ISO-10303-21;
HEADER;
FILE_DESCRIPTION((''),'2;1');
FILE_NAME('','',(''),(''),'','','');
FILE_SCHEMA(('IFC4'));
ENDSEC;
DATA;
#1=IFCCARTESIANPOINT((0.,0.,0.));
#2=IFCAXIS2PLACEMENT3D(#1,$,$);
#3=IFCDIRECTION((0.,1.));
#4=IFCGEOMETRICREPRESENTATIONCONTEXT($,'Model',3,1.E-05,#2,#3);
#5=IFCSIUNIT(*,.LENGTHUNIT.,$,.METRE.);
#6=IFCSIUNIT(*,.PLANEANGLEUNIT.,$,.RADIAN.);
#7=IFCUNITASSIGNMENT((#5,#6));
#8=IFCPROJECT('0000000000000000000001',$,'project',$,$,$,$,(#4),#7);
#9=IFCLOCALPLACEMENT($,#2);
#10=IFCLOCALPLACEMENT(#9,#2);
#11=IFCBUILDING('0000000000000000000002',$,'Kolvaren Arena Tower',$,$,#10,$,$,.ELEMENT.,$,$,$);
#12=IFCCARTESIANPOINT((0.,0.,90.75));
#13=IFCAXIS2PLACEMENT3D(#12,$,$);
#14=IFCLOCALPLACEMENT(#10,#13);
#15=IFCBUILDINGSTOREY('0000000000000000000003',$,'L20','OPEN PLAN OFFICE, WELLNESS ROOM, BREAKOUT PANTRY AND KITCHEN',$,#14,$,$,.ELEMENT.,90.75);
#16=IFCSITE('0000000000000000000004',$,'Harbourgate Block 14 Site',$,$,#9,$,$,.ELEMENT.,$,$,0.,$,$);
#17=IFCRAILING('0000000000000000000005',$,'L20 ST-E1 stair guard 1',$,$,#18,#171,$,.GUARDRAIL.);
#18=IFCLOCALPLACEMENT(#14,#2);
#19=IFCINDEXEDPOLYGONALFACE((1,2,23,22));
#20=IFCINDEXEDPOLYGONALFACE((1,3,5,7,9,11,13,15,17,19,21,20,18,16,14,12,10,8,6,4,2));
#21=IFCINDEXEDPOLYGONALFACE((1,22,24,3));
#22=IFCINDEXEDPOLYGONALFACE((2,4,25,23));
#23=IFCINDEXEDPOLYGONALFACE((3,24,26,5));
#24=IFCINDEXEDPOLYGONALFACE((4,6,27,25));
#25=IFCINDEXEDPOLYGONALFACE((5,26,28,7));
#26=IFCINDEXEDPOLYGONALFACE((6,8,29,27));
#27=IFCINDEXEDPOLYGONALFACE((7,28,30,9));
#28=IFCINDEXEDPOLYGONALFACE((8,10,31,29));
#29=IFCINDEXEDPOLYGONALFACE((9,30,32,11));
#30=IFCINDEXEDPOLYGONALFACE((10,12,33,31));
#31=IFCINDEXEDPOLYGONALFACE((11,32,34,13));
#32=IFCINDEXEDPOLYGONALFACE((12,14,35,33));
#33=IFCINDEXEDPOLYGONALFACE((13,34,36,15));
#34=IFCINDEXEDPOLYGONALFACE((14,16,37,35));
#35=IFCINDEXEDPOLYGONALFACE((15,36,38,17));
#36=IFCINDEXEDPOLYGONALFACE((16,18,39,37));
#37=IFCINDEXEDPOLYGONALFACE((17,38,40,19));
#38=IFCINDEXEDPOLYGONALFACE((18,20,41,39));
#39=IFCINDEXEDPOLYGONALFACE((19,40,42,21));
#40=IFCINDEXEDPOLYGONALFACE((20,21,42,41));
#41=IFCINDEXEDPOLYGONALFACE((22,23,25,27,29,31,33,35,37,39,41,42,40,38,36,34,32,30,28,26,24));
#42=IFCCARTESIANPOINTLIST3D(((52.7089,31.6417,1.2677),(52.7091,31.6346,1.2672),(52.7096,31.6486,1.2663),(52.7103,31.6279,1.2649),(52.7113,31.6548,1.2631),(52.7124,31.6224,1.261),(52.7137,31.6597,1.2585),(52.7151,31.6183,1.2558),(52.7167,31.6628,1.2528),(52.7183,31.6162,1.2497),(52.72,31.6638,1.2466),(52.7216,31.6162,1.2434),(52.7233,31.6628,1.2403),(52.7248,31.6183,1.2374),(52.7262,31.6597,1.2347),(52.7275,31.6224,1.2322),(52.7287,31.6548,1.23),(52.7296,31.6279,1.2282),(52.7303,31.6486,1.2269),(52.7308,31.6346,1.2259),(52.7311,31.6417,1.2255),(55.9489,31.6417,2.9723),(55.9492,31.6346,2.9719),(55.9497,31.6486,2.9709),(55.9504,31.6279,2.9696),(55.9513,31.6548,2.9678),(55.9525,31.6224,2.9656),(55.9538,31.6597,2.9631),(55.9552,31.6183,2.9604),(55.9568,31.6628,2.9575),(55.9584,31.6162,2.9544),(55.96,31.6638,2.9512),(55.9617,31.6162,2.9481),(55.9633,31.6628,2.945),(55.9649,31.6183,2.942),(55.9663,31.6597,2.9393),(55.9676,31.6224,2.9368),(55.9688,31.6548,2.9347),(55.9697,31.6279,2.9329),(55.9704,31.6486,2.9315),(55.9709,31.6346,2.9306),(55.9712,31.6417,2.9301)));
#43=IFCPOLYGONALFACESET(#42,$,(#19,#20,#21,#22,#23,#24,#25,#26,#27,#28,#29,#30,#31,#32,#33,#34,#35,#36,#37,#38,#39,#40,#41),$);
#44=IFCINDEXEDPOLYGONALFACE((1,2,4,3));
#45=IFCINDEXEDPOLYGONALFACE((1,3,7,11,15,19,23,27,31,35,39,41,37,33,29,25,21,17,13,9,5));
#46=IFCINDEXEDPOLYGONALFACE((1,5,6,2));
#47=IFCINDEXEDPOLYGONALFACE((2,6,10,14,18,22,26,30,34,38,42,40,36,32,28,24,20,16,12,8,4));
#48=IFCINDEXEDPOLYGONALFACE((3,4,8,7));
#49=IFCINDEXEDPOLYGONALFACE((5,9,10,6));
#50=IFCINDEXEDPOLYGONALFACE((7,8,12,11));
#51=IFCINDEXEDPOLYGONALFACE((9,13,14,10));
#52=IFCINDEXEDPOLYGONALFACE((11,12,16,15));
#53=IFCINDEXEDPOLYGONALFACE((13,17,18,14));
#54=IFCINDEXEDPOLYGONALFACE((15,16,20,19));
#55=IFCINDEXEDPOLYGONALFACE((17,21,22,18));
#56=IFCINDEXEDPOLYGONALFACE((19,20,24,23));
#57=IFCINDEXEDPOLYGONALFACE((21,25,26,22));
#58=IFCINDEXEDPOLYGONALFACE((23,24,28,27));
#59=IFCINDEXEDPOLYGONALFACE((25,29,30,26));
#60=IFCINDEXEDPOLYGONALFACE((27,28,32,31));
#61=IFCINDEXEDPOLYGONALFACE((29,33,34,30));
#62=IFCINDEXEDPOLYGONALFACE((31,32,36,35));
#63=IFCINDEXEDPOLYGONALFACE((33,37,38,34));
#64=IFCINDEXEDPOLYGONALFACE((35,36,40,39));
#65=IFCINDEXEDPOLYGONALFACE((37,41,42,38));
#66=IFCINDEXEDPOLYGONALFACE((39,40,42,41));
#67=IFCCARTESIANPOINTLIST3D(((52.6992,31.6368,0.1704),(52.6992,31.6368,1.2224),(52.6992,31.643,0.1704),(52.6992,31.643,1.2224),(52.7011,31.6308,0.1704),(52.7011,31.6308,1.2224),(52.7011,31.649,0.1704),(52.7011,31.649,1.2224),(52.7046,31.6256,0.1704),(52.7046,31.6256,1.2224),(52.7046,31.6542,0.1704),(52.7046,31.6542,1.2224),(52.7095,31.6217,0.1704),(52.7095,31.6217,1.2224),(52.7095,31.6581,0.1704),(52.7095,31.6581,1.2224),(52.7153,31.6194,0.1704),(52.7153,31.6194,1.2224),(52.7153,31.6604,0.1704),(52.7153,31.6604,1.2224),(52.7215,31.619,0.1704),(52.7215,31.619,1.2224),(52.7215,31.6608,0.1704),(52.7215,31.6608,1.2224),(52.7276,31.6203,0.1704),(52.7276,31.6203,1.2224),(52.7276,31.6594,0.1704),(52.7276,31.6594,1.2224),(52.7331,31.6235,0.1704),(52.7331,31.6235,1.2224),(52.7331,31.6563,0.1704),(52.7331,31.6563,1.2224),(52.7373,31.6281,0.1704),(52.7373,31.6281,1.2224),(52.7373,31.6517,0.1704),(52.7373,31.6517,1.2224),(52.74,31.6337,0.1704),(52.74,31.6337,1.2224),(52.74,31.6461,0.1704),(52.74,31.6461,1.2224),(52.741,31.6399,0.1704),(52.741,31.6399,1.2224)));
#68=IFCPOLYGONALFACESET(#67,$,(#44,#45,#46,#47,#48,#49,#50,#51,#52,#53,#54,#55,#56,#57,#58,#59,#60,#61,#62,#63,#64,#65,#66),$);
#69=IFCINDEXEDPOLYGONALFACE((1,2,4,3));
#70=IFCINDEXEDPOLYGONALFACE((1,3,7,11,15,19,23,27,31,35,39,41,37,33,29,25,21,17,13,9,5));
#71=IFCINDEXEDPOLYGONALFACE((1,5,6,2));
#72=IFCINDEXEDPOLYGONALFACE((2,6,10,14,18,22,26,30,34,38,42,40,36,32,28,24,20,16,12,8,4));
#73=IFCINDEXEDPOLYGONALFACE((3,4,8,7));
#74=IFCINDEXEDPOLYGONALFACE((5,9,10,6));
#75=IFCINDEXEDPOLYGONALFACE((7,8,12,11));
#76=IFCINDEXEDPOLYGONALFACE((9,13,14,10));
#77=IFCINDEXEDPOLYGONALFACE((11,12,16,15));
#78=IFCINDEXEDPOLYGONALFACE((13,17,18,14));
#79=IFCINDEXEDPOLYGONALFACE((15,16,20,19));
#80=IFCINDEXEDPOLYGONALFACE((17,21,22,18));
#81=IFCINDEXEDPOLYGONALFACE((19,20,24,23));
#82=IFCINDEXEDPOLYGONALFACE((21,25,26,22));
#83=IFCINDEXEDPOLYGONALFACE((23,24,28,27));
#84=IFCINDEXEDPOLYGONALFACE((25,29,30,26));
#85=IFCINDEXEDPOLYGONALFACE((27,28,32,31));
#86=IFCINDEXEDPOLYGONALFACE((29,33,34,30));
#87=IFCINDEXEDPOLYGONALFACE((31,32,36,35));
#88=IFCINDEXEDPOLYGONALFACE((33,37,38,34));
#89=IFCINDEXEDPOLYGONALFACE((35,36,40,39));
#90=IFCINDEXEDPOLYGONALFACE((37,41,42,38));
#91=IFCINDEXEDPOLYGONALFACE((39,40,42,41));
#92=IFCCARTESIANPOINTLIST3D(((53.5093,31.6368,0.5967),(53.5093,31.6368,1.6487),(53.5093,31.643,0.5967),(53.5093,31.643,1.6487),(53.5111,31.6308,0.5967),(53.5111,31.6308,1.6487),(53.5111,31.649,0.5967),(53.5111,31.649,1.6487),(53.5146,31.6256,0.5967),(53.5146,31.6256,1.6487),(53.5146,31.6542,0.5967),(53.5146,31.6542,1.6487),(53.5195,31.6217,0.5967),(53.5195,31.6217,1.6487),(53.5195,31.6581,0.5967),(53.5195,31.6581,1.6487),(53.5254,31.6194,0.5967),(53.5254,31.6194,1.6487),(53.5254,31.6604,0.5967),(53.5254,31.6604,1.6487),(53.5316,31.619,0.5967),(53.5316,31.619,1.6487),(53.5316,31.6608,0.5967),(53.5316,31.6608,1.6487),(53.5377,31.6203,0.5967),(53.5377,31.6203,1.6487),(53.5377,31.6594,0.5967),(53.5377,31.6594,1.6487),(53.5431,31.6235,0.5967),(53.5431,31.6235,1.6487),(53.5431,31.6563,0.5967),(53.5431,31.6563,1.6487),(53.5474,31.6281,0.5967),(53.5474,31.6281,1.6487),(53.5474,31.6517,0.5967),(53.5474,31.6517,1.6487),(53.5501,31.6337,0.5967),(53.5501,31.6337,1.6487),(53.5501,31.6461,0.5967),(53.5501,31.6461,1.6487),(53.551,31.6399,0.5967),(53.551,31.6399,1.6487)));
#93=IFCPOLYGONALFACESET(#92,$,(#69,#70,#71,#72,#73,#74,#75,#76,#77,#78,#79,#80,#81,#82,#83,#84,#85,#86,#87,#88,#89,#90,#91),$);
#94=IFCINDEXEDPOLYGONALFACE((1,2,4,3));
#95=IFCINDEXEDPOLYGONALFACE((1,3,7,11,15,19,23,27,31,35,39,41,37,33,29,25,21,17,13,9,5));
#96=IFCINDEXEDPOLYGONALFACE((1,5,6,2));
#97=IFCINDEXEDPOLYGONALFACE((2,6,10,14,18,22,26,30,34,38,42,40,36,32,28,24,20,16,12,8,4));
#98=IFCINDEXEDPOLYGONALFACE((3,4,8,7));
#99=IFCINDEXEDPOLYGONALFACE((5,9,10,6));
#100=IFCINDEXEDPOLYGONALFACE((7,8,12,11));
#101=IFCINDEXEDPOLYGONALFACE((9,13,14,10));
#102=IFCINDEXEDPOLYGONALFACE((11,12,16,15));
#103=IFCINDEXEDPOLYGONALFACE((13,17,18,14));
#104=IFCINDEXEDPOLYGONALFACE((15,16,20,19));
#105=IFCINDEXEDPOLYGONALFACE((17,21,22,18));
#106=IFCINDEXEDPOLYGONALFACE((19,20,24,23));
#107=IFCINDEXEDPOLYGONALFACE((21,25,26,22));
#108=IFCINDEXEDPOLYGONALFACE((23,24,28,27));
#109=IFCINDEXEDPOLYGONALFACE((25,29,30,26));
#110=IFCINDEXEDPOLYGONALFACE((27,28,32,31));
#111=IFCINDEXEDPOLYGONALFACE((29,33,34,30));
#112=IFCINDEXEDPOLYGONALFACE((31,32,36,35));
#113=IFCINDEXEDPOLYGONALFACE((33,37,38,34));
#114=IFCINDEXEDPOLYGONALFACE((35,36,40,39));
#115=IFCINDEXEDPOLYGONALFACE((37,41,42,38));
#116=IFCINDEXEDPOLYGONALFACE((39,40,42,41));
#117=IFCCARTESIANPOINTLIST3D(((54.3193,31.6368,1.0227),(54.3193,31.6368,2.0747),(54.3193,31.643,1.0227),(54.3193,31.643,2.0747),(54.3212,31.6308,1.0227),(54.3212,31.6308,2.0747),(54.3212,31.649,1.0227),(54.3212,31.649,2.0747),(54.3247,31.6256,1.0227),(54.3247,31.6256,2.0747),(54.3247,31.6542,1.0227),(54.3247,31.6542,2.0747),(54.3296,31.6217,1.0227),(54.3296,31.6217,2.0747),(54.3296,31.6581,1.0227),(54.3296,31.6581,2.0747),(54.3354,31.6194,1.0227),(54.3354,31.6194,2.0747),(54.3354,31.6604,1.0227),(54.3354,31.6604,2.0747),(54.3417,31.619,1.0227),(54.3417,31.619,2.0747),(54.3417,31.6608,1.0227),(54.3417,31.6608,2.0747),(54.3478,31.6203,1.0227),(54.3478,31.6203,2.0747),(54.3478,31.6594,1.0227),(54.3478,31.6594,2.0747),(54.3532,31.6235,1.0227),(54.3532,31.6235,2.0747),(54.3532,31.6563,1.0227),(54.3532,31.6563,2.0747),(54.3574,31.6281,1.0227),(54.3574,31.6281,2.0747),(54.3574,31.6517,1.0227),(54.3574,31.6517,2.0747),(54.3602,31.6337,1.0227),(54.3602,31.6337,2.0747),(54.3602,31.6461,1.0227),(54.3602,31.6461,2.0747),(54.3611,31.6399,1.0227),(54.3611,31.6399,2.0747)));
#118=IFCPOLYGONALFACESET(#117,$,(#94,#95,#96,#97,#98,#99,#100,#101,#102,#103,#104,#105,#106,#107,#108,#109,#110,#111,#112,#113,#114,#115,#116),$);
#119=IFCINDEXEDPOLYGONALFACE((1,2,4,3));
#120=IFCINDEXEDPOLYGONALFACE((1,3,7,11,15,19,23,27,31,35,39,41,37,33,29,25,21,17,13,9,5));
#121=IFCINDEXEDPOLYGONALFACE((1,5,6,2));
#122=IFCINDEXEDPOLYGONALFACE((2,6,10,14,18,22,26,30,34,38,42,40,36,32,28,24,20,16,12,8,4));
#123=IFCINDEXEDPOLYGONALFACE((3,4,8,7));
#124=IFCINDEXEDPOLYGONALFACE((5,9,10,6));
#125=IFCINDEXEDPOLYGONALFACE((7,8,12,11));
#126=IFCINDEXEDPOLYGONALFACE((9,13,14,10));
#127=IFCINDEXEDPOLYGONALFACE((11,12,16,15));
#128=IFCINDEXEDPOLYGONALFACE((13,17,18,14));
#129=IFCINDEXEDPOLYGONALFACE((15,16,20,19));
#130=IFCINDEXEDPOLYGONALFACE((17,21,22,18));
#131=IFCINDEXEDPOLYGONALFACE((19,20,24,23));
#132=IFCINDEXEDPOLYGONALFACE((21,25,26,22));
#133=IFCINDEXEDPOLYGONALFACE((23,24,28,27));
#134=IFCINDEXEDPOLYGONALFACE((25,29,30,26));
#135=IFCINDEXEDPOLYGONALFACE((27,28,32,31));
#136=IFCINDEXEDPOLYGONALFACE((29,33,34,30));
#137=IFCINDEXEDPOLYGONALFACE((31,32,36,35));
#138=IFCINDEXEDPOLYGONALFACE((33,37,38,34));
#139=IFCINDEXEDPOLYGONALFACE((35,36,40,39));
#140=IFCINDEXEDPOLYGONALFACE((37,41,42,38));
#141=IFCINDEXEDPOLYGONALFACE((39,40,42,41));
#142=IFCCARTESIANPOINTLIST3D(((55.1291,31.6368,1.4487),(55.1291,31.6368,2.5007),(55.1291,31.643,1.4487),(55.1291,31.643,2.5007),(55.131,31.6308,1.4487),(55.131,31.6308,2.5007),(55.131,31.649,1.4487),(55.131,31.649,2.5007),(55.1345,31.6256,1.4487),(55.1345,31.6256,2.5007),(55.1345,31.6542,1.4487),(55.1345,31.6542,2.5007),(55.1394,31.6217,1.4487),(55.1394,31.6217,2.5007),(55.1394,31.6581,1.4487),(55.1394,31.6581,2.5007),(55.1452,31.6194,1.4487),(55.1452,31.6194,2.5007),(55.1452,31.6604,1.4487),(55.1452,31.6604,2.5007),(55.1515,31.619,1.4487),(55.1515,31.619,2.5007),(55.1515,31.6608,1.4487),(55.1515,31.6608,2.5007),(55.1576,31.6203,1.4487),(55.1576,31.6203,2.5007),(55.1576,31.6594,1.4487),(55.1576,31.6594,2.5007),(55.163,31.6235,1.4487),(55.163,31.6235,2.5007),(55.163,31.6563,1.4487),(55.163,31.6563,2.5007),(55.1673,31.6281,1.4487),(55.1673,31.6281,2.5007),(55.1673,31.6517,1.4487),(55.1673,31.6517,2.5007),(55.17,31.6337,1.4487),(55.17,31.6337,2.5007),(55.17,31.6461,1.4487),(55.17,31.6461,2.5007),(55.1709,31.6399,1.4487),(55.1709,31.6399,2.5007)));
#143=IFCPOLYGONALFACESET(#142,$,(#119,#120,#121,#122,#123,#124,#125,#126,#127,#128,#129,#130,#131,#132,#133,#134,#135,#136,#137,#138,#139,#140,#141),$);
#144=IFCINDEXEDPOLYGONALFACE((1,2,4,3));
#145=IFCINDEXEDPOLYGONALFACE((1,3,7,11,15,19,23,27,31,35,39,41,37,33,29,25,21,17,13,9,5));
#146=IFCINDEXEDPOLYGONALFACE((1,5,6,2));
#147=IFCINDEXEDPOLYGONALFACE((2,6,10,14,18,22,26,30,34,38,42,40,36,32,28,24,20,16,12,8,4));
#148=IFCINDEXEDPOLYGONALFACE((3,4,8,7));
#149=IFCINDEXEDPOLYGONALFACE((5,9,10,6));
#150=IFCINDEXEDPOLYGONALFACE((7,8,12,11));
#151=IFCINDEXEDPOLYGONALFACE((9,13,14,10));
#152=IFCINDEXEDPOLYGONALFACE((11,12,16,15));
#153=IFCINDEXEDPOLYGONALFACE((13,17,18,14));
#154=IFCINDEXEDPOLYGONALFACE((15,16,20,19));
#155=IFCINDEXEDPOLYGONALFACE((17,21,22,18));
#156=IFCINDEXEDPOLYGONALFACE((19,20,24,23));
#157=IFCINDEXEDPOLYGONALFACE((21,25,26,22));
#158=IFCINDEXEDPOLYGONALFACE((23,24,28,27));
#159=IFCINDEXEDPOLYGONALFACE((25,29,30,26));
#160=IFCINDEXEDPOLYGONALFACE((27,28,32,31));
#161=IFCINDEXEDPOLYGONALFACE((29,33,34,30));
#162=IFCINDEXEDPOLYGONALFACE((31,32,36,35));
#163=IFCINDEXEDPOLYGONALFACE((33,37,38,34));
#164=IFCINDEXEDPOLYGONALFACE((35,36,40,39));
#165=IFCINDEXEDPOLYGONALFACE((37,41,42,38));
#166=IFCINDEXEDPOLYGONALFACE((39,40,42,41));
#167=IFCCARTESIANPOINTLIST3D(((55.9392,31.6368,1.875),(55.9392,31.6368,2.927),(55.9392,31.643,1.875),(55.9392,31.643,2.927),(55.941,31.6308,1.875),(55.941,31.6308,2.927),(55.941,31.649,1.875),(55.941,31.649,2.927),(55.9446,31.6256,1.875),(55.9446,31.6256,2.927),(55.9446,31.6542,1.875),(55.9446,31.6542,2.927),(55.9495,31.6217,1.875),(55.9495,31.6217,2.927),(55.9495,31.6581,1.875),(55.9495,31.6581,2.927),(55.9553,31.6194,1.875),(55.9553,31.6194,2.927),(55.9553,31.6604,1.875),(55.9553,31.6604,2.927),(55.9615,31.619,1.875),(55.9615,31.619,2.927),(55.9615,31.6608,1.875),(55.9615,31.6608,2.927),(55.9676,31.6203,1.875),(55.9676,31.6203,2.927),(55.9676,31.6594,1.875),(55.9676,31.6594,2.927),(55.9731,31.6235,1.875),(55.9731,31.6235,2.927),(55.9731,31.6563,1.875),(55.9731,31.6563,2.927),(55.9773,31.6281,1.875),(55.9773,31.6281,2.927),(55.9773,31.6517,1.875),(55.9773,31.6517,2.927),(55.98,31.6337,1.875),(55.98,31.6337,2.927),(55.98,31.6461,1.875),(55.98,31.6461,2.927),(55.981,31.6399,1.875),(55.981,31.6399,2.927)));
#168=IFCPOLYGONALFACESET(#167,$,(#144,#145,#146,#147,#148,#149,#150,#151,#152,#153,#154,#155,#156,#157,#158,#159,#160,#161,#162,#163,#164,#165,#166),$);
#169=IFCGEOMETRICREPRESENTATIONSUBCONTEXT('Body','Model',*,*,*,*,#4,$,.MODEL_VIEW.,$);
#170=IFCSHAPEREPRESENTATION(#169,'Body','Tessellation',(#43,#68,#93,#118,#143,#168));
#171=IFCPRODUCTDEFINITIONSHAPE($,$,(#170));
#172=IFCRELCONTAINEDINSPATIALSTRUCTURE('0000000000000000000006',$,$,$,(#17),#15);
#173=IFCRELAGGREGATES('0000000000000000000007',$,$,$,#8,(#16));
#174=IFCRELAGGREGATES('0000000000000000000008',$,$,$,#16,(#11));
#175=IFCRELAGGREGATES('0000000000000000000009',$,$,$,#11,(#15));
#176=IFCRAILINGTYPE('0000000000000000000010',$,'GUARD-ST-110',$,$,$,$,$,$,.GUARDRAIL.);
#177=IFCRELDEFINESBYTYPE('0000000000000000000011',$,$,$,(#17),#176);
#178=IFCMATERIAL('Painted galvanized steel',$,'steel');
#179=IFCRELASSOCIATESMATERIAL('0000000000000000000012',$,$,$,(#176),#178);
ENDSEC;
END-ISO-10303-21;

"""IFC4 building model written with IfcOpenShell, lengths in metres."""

from ifc_helpers import new_model, si_unit, direction, frame, origin, origin_2d, place, context, subcontext, project, spatial, circle, extrude, material, type_object, element, save


model = new_model("IFC4")

# Units and contexts
model_context = context("Model", 3, precision=1e-05, world=origin(), true_north=direction((0.0, 1.0)))
body_context = subcontext(model_context, "Body", "Model", "MODEL_VIEW")
ifc_project = project(units=[si_unit("LENGTHUNIT", "METRE"), si_unit("PLANEANGLEUNIT", "RADIAN")], contexts=[model_context])

# Site, building, storey
site_placement = place(None, origin())
site = spatial("IfcSite", under=ifc_project, at=site_placement, Name="Harbourgate Block 14 Site", CompositionType="ELEMENT", RefElevation=0.0)
building_placement = place(site_placement, origin())
building = spatial("IfcBuilding", under=site, at=building_placement, Name="Kolvaren Arena Tower", CompositionType="ELEMENT")
storey_placement = place(building_placement, frame((0.0, 0.0, 90.75)))
storey = spatial("IfcBuildingStorey", under=building, at=storey_placement, Name="L20", Description="OPEN PLAN OFFICE, WELLNESS ROOM, BREAKOUT PANTRY AND KITCHEN", CompositionType="ELEMENT", Elevation=90.75)

# Railing
ifc_material_1 = material(Name="Painted galvanized steel", Category="steel")
railing_type_1 = type_object("IfcRailingType", Name="GUARD-ST-110", PredefinedType="GUARDRAIL", material=ifc_material_1)
railing_1_placement = place(storey_placement, frame((52.72, 31.6399, 0.1704)))
element("IfcRailing", 1, at=railing_1_placement, inside=storey, type_object=railing_type_1, Name="L20 ST-E1 stair guard 1", PredefinedType="GUARDRAIL", context=body_context, shape_type="SweptSolid", body=[
    extrude(circle(Radius=0.0239, at=origin_2d()), frame((0.0, 0.0, 1.0762), z_axis=(0.884993, 0.0, 0.465604), x_axis=(0.0, 1.0, 0.0)), (0.0, 0.0, 1.0), 3.6611),
    extrude(circle(Radius=0.021, at=origin_2d()), origin(), (0.0, 0.0, 1.0), 1.052),
    extrude(circle(Radius=0.021, at=origin_2d()), frame((0.8101, 0.0, 0.4263)), (0.0, 0.0, 1.0), 1.052),
    extrude(circle(Radius=0.021, at=origin_2d()), frame((1.6201, 0.0, 0.8523)), (0.0, 0.0, 1.0), 1.052),
    extrude(circle(Radius=0.021, at=origin_2d()), frame((2.4299, 0.0, 1.2783)), (0.0, 0.0, 1.0), 1.052),
    extrude(circle(Radius=0.021, at=origin_2d()), frame((3.24, 0.0, 1.7046)), (0.0, 0.0, 1.0), 1.052),
])

save(model, "model.ifc")
